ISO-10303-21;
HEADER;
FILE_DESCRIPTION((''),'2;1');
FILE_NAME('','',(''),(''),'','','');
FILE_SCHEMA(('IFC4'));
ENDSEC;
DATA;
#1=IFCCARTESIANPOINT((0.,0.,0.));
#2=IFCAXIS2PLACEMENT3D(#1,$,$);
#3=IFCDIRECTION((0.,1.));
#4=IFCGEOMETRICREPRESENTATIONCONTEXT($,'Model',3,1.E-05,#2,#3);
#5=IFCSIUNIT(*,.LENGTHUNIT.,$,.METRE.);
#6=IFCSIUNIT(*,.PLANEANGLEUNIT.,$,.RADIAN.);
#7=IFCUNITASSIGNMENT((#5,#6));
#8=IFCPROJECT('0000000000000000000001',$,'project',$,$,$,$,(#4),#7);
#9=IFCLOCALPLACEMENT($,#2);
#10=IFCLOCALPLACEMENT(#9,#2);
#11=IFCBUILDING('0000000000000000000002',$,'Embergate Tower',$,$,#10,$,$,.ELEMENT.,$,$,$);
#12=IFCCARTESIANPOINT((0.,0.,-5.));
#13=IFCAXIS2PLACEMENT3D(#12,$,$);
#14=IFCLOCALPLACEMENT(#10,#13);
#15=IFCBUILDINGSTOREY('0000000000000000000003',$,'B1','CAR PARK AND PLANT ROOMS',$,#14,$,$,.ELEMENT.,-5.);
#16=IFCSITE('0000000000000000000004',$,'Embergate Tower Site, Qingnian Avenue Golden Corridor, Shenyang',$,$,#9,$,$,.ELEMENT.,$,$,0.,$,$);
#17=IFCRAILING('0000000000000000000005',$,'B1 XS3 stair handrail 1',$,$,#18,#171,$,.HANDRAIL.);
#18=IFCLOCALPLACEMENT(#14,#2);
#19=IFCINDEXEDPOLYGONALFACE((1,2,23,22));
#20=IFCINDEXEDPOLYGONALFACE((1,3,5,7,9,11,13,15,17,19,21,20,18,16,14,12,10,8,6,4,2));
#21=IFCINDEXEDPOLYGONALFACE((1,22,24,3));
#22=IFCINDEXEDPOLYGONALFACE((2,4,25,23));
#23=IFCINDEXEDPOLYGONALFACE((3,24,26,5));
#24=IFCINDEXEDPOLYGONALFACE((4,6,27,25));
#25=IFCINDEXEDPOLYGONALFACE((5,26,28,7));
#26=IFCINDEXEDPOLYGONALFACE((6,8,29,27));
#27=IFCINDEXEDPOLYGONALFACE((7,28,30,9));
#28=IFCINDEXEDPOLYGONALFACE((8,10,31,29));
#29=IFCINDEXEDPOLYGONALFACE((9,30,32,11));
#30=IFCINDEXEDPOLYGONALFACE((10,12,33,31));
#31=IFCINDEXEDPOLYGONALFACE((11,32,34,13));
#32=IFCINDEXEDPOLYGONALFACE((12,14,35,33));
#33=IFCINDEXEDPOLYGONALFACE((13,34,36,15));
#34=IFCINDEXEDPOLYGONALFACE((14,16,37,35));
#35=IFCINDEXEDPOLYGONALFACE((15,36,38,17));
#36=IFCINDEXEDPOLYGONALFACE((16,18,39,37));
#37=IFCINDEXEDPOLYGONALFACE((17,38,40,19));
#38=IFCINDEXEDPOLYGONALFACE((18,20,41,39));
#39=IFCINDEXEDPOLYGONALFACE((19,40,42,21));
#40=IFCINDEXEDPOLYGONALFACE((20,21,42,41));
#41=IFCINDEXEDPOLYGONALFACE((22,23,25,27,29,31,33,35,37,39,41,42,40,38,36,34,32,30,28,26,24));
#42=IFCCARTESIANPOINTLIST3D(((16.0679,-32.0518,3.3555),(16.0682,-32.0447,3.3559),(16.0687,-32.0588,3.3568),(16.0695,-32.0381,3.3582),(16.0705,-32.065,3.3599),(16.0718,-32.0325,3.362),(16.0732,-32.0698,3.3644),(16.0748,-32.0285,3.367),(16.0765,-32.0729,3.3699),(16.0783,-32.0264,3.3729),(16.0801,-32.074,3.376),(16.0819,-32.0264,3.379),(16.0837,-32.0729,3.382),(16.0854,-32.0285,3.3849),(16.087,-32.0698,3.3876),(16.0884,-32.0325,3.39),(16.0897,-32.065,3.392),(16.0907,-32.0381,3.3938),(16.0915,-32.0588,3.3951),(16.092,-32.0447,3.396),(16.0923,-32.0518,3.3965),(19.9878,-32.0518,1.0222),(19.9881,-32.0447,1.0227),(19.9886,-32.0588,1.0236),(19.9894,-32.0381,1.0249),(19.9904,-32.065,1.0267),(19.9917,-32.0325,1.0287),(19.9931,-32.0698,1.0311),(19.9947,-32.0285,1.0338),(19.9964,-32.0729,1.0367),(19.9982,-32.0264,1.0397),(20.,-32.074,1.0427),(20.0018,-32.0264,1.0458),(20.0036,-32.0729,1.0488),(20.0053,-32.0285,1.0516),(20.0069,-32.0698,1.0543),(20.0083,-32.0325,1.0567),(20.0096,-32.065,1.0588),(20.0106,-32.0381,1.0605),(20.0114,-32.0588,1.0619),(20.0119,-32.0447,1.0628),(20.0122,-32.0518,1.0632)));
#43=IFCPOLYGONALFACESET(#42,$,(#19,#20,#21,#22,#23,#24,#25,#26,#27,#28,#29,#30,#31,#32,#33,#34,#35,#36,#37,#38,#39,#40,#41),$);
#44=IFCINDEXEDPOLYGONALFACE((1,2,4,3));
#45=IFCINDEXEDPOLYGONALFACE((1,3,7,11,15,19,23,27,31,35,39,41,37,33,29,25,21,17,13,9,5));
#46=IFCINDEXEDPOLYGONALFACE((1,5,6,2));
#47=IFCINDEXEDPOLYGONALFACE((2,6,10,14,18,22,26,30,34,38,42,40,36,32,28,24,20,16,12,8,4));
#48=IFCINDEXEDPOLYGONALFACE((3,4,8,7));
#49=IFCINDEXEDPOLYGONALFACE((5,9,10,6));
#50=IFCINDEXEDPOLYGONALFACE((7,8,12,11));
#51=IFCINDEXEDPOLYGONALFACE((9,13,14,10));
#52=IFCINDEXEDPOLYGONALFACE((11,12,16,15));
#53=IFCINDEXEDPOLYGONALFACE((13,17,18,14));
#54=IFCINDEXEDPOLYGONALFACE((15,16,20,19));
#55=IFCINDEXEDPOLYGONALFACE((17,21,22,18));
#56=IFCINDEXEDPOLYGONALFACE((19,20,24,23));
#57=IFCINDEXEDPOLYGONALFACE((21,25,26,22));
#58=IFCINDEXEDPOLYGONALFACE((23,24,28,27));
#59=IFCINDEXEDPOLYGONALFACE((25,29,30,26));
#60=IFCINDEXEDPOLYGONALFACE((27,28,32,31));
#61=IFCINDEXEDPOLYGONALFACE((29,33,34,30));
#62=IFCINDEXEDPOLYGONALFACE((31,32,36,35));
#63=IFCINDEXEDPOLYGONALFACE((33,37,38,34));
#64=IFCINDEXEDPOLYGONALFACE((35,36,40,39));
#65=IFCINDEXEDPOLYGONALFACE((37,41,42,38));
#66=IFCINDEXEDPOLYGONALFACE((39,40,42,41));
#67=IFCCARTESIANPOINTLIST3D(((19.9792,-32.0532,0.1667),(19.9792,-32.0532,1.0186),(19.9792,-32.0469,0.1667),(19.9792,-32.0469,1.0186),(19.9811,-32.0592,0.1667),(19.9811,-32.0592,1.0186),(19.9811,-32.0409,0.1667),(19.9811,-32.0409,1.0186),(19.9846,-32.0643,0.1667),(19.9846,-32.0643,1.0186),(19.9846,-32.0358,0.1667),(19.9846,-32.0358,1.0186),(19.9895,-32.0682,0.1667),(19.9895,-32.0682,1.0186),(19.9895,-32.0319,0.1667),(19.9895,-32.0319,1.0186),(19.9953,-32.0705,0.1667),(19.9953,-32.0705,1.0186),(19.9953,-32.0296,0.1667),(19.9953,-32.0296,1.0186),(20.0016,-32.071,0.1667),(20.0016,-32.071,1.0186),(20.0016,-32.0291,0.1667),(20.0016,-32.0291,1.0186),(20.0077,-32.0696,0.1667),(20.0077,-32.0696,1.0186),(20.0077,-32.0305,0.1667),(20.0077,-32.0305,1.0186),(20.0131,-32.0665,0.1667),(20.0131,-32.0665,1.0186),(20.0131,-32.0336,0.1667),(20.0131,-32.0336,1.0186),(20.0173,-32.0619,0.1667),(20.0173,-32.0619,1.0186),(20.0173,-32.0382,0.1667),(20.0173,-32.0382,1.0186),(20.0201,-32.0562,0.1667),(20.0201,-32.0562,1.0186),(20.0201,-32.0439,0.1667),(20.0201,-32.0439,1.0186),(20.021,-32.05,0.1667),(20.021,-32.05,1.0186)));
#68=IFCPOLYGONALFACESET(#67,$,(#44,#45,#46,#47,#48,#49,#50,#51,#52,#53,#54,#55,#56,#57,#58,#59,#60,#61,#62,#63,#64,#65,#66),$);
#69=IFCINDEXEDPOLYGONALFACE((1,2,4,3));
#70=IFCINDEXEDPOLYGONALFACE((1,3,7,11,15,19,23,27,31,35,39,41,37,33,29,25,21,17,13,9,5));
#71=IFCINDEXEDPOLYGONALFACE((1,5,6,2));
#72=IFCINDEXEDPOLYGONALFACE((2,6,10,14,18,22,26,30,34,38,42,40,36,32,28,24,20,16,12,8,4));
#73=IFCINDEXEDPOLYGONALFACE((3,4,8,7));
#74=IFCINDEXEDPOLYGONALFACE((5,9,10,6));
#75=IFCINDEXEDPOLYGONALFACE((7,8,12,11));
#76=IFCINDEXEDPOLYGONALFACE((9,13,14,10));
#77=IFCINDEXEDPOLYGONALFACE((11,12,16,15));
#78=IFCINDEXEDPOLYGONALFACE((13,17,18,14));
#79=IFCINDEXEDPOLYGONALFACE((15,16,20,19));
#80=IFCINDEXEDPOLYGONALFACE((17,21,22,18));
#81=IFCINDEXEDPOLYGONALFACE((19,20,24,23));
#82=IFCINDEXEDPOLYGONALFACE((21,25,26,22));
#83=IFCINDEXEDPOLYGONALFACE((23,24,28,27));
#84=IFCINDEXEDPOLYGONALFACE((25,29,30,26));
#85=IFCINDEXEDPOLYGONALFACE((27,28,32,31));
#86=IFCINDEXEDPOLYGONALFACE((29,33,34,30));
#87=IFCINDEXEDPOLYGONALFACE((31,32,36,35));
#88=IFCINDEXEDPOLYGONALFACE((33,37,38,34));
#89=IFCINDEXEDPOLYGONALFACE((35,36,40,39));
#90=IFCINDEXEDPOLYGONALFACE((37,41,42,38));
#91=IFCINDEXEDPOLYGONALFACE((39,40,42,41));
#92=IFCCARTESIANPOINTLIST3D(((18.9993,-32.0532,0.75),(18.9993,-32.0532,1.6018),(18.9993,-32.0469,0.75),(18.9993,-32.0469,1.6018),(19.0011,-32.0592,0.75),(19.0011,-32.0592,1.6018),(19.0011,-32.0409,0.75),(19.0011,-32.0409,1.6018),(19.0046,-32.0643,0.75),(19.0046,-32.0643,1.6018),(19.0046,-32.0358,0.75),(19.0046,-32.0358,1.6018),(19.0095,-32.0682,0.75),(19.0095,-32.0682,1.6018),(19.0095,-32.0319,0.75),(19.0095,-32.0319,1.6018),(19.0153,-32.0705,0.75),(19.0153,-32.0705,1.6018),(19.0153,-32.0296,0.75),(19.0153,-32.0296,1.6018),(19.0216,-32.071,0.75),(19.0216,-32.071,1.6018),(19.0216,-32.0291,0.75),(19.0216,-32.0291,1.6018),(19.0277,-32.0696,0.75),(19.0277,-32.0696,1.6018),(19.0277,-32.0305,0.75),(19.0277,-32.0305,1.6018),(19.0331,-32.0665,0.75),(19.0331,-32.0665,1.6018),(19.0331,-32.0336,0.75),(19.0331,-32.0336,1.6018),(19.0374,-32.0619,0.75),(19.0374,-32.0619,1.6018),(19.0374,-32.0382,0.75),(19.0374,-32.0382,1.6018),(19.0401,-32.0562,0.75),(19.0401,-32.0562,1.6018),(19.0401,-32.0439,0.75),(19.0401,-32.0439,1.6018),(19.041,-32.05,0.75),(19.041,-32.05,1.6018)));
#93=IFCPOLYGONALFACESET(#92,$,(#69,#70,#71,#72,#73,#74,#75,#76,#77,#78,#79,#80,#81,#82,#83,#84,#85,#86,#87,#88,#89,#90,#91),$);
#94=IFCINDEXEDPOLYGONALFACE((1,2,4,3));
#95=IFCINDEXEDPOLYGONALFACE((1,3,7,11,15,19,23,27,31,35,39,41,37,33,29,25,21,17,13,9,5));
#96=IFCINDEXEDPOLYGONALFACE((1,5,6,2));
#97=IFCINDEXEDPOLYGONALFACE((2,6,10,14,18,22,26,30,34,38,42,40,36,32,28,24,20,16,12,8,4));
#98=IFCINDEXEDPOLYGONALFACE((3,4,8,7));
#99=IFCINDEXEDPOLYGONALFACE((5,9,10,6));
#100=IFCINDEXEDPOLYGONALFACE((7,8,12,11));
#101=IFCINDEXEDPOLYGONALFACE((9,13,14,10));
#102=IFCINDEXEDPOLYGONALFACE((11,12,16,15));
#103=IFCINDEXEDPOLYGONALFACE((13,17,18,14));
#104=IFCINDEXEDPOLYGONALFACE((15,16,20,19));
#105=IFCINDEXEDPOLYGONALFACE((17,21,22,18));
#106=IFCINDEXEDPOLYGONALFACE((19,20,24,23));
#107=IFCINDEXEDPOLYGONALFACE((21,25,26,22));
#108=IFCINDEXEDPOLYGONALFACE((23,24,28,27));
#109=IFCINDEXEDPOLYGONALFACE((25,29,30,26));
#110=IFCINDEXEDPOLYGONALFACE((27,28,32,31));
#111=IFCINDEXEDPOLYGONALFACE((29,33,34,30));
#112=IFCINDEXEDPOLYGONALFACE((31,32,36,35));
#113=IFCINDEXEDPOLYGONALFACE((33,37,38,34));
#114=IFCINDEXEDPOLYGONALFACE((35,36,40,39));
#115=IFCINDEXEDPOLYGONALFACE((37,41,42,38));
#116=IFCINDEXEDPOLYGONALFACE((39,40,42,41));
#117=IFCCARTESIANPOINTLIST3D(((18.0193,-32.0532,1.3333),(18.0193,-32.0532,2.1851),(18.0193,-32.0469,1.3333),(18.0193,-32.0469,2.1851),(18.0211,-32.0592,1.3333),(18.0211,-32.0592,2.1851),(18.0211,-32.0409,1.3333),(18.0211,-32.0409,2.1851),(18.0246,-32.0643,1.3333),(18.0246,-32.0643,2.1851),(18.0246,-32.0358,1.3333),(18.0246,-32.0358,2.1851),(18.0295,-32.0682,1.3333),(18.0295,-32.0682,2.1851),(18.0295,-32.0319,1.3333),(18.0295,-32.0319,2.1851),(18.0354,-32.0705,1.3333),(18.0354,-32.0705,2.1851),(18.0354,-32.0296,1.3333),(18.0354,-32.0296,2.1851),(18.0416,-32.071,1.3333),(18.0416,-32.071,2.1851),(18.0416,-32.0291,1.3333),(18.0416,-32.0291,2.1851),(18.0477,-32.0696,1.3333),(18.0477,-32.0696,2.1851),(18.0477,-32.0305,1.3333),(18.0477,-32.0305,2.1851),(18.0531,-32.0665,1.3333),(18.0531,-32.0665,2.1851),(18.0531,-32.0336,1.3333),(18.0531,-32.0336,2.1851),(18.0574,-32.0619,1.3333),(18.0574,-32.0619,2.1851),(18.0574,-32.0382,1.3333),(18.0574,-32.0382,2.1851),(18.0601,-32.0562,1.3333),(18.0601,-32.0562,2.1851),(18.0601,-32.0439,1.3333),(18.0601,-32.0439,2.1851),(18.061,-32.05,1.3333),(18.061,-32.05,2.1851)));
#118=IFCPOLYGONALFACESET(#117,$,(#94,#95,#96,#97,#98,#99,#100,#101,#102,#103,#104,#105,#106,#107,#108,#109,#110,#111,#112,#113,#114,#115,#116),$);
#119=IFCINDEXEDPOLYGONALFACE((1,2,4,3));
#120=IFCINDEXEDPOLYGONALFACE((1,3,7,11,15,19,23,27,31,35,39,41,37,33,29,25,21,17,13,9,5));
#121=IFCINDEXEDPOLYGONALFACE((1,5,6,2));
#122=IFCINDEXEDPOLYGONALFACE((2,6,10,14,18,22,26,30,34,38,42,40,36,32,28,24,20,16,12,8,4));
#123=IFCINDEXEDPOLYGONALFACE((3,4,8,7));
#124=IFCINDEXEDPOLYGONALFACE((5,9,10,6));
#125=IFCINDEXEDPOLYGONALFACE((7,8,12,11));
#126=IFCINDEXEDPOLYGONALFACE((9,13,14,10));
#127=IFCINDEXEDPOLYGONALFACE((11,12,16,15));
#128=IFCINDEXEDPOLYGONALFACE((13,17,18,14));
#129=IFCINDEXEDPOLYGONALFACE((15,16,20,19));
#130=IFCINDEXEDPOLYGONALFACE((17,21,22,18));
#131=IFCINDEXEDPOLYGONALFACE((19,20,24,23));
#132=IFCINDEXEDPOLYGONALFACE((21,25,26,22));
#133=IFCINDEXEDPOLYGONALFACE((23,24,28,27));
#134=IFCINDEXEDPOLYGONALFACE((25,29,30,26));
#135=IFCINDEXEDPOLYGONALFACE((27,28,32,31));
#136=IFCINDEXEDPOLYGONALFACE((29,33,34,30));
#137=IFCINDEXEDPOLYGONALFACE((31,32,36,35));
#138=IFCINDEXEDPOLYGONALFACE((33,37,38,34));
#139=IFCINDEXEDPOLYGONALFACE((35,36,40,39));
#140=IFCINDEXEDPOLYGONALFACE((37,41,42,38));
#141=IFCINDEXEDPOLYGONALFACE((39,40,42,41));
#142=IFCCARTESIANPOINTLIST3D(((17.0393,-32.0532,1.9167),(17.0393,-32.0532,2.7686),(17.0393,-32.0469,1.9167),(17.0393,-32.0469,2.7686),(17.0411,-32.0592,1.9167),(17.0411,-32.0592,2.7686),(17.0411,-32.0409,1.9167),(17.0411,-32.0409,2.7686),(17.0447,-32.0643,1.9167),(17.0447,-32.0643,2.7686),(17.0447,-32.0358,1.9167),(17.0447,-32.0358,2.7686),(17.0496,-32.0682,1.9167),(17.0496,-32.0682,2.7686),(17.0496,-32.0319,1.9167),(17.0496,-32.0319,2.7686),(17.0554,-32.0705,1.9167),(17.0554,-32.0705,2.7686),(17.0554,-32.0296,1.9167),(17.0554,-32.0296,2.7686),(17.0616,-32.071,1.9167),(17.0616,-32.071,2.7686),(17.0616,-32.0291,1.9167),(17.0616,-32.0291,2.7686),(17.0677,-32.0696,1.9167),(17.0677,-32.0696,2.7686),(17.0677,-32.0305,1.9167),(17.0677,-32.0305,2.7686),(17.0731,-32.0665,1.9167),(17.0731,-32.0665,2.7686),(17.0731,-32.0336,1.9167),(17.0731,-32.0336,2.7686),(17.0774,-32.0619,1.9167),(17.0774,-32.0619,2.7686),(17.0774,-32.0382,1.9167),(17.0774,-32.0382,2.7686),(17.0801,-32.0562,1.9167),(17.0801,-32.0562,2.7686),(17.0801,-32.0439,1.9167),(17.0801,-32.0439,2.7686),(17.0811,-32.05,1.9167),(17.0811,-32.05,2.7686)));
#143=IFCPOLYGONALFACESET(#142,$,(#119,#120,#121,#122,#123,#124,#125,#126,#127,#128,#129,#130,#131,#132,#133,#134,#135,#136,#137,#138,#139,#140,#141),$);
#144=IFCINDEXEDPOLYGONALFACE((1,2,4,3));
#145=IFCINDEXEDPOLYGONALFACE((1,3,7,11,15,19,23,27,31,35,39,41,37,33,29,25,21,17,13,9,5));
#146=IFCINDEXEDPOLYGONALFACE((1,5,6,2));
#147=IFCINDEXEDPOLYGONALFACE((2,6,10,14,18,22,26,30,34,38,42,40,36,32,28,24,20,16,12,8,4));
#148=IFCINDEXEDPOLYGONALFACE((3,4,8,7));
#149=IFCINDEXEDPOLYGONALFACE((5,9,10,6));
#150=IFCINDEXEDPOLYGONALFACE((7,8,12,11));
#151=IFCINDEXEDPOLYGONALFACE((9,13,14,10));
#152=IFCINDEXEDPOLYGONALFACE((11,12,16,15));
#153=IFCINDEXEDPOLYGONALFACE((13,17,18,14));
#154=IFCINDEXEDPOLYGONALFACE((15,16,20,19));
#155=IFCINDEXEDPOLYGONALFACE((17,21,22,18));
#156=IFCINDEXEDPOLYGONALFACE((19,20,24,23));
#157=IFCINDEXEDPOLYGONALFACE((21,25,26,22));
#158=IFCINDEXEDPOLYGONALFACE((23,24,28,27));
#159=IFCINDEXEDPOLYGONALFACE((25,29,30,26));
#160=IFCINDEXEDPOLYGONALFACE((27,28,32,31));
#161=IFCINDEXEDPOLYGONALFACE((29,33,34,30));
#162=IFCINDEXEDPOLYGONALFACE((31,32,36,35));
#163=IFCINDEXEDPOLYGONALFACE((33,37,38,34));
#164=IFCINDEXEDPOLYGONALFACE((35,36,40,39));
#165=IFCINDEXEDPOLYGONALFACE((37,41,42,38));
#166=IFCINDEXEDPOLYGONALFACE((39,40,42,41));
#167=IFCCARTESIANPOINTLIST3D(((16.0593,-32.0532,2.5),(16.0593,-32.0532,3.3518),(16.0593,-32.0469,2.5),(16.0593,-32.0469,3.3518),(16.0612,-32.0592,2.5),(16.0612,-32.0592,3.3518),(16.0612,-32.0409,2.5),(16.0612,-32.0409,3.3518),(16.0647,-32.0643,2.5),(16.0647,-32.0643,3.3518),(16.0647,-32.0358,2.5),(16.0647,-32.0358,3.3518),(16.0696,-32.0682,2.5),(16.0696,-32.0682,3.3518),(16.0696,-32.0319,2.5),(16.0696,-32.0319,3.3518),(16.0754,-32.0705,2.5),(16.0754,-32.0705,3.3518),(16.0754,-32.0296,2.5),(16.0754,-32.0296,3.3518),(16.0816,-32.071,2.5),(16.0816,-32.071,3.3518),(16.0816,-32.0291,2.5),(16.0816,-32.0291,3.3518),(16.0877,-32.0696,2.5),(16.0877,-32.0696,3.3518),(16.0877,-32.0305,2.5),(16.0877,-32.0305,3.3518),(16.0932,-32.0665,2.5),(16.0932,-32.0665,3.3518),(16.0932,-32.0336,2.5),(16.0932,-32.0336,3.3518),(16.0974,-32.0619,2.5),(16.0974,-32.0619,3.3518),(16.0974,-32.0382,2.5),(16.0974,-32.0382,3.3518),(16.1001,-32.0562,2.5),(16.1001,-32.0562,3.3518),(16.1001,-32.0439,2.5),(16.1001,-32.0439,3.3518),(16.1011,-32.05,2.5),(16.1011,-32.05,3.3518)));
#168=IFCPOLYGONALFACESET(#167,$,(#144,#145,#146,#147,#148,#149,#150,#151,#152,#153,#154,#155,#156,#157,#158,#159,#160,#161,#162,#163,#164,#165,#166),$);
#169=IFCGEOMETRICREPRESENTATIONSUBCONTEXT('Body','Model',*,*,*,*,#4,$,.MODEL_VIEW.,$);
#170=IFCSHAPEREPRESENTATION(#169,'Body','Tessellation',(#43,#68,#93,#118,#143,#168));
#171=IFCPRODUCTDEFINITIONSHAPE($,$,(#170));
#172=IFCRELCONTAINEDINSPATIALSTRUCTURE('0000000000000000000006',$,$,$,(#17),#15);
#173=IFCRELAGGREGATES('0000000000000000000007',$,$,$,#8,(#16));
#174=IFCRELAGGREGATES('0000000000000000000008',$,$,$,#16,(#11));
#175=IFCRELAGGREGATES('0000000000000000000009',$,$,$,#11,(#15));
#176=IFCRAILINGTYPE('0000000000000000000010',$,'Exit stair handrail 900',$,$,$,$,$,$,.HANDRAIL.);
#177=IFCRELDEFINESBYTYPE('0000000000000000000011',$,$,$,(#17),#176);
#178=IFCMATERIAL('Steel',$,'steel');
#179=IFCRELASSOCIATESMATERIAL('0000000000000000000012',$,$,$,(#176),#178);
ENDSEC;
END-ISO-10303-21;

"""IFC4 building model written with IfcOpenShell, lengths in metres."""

from ifc_helpers import new_model, si_unit, direction, frame, origin, origin_2d, place, context, subcontext, project, spatial, circle, extrude, source, transform, mapped, material, type_object, element, save


model = new_model("IFC4")

# Units and contexts
model_context = context("Model", 3, precision=1e-05, world=origin(), true_north=direction((0.0, 1.0)))
body_context = subcontext(model_context, "Body", "Model", "MODEL_VIEW")
ifc_project = project(units=[si_unit("LENGTHUNIT", "METRE"), si_unit("PLANEANGLEUNIT", "RADIAN")], contexts=[model_context])

# Site, building, storey
site_placement = place(None, origin())
site = spatial("IfcSite", under=ifc_project, at=site_placement, Name="Embergate Tower Site, Qingnian Avenue Golden Corridor, Shenyang", CompositionType="ELEMENT", RefElevation=0.0)
building_placement = place(site_placement, origin())
building = spatial("IfcBuilding", under=site, at=building_placement, Name="Embergate Tower", CompositionType="ELEMENT")
storey_placement = place(building_placement, frame((0.0, 0.0, -5.0)))
storey = spatial("IfcBuildingStorey", under=building, at=storey_placement, Name="B1", Description="CAR PARK AND PLANT ROOMS", CompositionType="ELEMENT", Elevation=-5.0)

# Railing
ifc_material_1 = material(Name="Steel", Category="steel")
railing_type_1 = type_object("IfcRailingType", Name="Exit stair handrail 900", PredefinedType="HANDRAIL", material=ifc_material_1)
shared_shape_1 = source(origin(), body_context, "Body", "SweptSolid", [
    extrude(circle(Radius=0.0239, at=origin_2d()), frame((0.0, 0.0, 0.876), z_axis=(-0.859296, 0.0, 0.511478), x_axis=(0.0, -1.0, 0.0)), (0.0, 0.0, 1.0), 4.5618),
    extrude(circle(Radius=0.021, at=origin_2d()), origin(), (0.0, 0.0, 1.0), 0.8518),
    extrude(circle(Radius=0.021, at=origin_2d()), frame((-0.98, 0.0, 0.5833)), (0.0, 0.0, 1.0), 0.8518),
    extrude(circle(Radius=0.021, at=origin_2d()), frame((-1.96, 0.0, 1.1665)), (0.0, 0.0, 1.0), 0.8518),
    extrude(circle(Radius=0.021, at=origin_2d()), frame((-2.9399, 0.0, 1.75)), (0.0, 0.0, 1.0), 0.8518),
    extrude(circle(Radius=0.021, at=origin_2d()), frame((-3.9199, 0.0, 2.3333)), (0.0, 0.0, 1.0), 0.8518),
])
railing_1_placement = place(storey_placement, frame((20.0, -32.05, 0.1667)))
element("IfcRailing", 1, at=railing_1_placement, inside=storey, type_object=railing_type_1, Name="B1 XS3 stair handrail 1", PredefinedType="HANDRAIL", context=body_context, shape_type="MappedRepresentation", body=[
    mapped(shared_shape_1, transform((0.0, 0.0, 0.0))),
])

save(model, "model.ifc")
